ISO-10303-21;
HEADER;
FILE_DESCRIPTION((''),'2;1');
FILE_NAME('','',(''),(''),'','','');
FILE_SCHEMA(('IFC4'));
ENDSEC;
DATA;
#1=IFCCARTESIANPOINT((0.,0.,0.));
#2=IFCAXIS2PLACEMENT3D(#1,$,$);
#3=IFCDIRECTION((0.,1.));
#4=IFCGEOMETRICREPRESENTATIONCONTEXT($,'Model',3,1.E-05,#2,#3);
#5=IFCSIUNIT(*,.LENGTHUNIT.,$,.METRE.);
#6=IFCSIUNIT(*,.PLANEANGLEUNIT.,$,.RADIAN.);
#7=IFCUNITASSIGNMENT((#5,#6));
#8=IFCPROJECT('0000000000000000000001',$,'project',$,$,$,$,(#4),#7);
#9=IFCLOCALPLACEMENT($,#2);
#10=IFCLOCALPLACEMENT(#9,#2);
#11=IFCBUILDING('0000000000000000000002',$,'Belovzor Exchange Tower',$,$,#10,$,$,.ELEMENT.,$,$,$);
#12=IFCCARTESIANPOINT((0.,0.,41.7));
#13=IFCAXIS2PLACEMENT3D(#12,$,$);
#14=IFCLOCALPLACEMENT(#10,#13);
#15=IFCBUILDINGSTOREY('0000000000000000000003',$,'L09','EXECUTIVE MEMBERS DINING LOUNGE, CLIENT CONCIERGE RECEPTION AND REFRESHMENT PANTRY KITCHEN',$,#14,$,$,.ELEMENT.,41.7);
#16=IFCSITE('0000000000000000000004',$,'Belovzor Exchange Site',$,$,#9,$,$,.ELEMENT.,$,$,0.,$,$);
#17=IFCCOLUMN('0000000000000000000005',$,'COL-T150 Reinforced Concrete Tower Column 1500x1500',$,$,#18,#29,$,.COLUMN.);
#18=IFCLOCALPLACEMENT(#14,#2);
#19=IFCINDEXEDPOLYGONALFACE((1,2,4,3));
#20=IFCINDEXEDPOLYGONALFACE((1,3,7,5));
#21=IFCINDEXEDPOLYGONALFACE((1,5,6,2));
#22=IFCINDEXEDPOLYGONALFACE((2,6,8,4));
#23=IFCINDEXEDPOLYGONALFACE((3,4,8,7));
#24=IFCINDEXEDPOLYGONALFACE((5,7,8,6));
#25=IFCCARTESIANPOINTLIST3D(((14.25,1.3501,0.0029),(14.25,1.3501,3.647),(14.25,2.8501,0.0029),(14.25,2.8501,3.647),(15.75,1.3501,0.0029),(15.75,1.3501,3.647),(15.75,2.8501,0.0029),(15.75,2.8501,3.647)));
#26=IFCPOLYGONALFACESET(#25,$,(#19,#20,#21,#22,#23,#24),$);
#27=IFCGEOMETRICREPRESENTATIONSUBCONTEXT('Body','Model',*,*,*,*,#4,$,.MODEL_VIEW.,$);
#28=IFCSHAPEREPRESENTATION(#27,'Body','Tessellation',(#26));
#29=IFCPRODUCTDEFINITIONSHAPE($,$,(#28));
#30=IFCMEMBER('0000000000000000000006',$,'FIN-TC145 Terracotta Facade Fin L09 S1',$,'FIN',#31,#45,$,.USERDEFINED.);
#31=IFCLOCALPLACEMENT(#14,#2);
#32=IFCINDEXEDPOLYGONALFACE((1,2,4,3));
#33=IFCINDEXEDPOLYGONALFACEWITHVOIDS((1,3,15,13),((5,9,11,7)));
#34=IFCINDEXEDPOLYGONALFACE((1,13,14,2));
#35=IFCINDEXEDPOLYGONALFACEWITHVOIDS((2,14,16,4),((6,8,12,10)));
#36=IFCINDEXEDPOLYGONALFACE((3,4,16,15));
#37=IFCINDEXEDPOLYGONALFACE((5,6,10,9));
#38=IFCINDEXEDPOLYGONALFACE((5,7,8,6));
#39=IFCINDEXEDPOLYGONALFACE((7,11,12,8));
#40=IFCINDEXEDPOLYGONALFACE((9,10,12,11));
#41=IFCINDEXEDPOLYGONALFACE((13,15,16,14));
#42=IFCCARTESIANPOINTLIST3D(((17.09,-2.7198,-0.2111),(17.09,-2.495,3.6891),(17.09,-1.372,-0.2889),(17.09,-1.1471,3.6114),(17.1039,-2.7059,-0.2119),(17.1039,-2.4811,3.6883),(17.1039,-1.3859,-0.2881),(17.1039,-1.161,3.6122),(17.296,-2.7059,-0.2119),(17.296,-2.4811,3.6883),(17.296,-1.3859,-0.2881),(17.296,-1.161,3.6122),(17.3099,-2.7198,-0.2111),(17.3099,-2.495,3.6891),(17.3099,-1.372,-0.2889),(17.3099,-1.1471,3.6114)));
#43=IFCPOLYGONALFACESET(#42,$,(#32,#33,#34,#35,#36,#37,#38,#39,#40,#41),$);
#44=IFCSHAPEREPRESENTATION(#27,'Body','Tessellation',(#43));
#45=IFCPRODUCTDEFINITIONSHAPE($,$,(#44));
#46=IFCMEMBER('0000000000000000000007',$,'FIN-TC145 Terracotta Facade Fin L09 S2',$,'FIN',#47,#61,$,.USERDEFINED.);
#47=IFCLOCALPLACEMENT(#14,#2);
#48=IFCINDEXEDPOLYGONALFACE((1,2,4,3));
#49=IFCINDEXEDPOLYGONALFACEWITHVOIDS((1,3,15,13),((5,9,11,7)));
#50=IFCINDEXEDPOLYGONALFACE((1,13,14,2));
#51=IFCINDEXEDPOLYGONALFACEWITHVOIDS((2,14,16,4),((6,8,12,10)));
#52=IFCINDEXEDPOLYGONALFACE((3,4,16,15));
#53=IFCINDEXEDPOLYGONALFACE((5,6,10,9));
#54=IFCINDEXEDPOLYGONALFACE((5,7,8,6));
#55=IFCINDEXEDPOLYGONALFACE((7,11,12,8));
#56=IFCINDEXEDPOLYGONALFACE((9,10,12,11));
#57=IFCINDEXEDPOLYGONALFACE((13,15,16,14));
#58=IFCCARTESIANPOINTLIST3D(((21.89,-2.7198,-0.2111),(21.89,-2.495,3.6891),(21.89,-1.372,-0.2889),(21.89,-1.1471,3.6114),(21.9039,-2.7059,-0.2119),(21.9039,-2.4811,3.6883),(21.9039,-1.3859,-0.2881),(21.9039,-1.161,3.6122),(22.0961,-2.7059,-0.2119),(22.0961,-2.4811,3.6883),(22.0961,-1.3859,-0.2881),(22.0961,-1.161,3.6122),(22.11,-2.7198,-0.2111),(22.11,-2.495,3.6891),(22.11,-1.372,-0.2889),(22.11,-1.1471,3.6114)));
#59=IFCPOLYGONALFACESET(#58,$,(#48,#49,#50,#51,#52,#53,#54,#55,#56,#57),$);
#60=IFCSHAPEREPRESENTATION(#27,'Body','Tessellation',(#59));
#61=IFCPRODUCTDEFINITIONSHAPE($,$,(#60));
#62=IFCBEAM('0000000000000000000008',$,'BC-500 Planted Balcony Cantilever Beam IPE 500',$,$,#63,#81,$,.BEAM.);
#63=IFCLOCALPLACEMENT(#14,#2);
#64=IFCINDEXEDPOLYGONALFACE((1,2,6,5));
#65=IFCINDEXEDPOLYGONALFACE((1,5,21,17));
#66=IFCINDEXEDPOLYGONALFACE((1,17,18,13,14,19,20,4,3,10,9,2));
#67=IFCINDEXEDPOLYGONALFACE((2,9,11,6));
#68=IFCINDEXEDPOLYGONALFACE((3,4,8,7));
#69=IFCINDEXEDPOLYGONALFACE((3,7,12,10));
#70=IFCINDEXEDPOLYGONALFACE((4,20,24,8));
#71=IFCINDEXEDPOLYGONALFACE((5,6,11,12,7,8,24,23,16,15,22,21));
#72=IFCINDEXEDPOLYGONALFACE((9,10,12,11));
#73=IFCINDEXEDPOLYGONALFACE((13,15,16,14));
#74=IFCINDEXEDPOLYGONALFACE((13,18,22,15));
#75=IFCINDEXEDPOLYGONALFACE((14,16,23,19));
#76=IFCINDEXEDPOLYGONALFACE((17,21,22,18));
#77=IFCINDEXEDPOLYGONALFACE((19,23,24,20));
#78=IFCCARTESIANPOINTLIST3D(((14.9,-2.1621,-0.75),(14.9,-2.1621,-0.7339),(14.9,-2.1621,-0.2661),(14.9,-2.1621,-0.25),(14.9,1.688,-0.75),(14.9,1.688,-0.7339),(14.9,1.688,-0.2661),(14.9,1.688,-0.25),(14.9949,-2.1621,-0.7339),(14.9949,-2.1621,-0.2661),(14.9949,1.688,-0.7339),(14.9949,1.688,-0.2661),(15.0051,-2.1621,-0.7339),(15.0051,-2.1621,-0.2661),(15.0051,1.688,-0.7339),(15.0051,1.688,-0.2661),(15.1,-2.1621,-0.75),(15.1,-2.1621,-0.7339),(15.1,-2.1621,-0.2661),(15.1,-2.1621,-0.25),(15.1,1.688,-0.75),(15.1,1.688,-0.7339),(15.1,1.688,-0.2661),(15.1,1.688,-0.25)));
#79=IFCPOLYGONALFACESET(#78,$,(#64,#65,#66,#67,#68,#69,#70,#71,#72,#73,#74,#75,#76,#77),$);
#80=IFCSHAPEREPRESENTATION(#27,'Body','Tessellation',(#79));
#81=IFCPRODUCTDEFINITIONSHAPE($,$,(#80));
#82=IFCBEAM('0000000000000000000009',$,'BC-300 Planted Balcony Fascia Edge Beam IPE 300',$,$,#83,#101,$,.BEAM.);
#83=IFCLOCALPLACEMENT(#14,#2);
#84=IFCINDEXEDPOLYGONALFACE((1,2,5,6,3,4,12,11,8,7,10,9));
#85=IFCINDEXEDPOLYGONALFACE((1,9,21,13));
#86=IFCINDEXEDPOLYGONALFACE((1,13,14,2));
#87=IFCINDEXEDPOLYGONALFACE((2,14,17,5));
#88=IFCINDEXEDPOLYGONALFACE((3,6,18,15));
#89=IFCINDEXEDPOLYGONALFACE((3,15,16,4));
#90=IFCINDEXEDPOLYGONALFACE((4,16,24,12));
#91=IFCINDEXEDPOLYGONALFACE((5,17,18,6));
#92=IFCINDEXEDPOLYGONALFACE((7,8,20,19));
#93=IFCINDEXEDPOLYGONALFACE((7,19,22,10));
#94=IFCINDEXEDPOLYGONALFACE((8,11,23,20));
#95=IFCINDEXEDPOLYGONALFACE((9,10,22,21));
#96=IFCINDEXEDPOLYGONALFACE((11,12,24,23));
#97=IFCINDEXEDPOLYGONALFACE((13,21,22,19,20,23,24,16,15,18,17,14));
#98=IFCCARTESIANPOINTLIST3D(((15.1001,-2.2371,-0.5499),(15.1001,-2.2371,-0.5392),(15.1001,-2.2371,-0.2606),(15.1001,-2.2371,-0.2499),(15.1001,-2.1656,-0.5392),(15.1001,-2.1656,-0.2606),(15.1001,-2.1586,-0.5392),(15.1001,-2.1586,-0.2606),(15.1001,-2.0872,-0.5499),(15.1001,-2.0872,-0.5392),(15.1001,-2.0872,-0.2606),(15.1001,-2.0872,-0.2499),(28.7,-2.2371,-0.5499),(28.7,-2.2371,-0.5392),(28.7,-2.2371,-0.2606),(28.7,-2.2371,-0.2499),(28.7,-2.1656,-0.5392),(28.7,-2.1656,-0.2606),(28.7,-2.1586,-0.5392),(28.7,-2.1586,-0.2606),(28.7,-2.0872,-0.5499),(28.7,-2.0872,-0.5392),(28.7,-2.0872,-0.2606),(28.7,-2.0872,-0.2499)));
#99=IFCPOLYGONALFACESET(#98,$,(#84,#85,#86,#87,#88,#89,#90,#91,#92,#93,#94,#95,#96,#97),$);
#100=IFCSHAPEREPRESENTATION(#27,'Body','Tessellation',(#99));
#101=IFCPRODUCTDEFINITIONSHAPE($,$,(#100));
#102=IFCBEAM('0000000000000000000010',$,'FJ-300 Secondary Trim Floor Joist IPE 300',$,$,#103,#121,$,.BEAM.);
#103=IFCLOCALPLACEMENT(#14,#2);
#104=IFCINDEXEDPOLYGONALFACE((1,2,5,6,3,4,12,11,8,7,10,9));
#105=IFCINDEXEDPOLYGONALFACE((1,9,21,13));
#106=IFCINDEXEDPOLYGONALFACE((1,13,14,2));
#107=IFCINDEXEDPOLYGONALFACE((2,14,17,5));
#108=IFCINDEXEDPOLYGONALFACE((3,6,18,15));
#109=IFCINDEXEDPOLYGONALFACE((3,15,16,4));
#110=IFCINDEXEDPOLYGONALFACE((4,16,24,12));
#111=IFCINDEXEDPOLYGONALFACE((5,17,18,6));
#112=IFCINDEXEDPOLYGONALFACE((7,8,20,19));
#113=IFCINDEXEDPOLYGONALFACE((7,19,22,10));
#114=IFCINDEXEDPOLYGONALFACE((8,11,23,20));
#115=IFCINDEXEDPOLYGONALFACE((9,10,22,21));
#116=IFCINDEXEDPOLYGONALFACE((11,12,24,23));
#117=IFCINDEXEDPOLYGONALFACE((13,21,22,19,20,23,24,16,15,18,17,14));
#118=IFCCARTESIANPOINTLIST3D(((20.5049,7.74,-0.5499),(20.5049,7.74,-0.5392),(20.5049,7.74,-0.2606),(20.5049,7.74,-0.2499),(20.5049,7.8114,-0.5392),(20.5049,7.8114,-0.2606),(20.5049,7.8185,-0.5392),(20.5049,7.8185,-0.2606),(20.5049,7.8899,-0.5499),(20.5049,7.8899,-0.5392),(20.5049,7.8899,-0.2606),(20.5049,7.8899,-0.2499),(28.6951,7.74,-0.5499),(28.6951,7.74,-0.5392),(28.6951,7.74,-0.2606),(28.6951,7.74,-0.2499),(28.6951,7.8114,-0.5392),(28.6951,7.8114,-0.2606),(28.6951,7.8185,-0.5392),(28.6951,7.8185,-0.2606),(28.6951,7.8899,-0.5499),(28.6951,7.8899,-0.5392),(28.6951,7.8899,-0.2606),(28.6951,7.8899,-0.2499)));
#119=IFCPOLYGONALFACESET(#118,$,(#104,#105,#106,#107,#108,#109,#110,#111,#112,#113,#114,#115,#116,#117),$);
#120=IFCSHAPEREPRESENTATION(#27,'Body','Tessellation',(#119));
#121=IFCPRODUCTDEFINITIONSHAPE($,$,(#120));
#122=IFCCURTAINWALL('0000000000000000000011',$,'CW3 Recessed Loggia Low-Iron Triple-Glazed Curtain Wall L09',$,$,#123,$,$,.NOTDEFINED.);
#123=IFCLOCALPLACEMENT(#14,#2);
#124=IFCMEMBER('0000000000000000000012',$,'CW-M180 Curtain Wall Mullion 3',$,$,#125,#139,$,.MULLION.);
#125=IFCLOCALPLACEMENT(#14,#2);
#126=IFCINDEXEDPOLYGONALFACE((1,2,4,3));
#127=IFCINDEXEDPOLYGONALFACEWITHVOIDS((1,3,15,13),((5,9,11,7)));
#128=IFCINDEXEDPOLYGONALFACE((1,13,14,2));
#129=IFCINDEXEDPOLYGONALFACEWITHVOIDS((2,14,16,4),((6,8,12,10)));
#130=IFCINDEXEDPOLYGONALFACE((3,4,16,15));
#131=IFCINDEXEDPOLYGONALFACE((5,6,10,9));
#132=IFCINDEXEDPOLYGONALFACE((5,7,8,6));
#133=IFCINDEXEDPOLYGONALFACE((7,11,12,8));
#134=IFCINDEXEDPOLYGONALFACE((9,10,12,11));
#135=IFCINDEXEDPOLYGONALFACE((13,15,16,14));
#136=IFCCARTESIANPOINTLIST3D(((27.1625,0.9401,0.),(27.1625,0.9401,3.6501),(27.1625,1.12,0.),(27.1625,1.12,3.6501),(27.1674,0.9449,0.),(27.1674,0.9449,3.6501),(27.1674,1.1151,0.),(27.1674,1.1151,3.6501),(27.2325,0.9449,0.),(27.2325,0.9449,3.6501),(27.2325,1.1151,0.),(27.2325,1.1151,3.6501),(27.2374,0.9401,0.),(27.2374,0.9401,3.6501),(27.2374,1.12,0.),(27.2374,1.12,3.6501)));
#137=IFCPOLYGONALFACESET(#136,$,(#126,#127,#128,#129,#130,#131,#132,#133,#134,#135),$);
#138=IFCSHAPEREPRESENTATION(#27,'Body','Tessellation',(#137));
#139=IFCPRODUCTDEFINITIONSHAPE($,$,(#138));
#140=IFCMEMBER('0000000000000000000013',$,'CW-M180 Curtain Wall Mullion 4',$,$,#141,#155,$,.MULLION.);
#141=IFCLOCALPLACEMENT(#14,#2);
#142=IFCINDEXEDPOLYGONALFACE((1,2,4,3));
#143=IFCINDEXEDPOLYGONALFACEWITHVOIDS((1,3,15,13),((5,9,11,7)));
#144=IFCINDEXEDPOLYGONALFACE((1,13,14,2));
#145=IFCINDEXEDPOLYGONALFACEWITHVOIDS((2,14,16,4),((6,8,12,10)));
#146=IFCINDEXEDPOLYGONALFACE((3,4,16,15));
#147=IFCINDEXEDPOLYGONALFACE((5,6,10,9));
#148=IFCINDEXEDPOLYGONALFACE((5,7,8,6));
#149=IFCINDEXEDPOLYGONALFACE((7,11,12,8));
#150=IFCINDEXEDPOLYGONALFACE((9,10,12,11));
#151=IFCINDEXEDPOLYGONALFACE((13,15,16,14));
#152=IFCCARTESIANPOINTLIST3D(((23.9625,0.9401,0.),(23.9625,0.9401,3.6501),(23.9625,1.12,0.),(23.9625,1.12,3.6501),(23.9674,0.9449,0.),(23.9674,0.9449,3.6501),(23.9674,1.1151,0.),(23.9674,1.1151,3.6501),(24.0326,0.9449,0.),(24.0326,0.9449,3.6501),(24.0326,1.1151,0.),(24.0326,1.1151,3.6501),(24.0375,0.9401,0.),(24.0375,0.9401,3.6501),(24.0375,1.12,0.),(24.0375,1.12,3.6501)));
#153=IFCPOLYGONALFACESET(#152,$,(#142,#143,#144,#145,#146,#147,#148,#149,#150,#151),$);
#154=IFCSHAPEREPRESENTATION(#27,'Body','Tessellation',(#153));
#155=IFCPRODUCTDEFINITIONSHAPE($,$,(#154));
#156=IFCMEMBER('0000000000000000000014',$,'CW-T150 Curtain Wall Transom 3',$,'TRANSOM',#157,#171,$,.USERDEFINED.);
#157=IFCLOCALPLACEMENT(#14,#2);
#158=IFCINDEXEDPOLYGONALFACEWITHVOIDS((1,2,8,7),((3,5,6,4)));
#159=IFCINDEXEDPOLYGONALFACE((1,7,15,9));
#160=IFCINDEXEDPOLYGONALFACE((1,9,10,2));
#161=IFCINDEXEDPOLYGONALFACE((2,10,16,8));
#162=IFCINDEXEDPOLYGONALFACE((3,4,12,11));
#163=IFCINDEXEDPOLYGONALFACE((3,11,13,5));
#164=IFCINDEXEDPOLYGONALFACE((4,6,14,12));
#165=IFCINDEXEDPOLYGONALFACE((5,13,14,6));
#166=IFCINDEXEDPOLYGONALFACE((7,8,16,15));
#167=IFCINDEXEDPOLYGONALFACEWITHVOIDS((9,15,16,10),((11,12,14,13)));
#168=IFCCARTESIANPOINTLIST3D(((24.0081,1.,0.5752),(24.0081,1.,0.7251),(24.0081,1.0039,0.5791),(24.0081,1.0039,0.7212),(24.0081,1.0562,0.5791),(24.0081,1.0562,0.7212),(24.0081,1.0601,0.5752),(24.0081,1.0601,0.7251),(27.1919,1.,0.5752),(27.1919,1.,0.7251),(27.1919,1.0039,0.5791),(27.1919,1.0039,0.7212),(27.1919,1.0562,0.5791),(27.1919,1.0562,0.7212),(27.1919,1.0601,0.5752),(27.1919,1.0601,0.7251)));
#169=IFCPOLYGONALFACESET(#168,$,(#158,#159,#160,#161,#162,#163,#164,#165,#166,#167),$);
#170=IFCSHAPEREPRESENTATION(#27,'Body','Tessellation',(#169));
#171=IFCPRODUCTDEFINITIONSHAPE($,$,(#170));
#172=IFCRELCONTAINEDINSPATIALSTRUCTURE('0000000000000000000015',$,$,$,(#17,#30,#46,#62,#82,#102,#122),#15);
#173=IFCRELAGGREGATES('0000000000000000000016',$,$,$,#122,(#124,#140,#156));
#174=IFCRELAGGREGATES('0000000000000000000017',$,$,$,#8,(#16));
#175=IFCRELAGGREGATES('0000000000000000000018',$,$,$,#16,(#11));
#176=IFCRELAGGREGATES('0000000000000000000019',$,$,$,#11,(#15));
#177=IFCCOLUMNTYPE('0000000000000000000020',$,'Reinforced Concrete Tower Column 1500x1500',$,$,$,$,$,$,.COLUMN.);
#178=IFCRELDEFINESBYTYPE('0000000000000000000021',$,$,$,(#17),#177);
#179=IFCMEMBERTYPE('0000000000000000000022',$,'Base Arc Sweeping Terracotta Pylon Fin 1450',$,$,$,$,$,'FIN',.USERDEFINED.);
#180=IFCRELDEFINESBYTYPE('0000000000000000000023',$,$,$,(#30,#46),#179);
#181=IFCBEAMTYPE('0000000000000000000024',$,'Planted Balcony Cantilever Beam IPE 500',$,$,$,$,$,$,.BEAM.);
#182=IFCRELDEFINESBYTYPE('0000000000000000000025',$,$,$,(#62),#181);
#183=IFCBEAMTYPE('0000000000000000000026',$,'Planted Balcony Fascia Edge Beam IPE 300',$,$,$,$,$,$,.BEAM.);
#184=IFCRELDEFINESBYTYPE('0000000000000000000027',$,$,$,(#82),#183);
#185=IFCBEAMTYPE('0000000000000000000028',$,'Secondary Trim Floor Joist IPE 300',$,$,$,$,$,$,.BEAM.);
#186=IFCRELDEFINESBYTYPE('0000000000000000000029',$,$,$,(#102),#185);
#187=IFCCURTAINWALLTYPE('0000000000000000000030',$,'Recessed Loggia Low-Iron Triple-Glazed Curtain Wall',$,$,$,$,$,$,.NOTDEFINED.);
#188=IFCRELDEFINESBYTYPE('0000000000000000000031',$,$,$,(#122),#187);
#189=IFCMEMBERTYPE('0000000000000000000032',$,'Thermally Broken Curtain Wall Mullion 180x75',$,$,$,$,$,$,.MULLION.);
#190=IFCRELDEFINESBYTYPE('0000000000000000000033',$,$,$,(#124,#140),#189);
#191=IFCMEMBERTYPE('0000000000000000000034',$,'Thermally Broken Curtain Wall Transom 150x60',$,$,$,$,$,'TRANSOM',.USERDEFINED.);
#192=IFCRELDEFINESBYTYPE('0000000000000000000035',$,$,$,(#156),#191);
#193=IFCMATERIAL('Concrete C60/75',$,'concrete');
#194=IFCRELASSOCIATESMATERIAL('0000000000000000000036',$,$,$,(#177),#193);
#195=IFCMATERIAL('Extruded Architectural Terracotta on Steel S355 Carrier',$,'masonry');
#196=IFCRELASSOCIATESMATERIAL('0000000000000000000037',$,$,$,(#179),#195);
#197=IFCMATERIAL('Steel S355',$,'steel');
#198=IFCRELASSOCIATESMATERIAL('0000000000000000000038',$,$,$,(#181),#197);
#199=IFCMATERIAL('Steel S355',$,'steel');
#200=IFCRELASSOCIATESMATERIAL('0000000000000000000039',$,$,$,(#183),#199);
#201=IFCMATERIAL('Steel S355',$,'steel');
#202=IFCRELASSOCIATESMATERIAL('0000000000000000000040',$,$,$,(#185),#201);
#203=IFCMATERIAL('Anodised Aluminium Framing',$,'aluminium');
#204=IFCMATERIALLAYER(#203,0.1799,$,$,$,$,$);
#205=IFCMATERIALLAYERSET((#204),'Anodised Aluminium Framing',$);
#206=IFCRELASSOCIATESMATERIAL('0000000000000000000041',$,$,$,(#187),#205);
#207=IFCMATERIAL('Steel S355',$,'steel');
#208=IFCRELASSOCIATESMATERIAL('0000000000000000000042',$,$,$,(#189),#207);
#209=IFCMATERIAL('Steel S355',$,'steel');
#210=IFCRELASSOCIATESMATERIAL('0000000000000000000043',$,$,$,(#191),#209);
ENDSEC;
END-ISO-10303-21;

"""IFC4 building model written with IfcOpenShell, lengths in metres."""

from ifc_helpers import new_model, si_unit, direction, frame, origin, origin_2d, place, context, subcontext, project, spatial, rectangle, hollow_rectangle, i_section, extrude, material, layer, layer_set, material_profile, profile_set, type_object, element, aggregate, save


model = new_model("IFC4")

# Units and contexts
model_context = context("Model", 3, precision=1e-05, world=origin(), true_north=direction((0.0, 1.0)))
body_context = subcontext(model_context, "Body", "Model", "MODEL_VIEW")
ifc_project = project(units=[si_unit("LENGTHUNIT", "METRE"), si_unit("PLANEANGLEUNIT", "RADIAN")], contexts=[model_context])

# Site, building, storey
site_placement = place(None, origin())
site = spatial("IfcSite", under=ifc_project, at=site_placement, Name="Belovzor Exchange Site", CompositionType="ELEMENT", RefElevation=0.0)
building_placement = place(site_placement, origin())
building = spatial("IfcBuilding", under=site, at=building_placement, Name="Belovzor Exchange Tower", CompositionType="ELEMENT")
storey_placement = place(building_placement, frame((0.0, 0.0, 41.7)))
storey = spatial("IfcBuildingStorey", under=building, at=storey_placement, Name="L09", Description="EXECUTIVE MEMBERS DINING LOUNGE, CLIENT CONCIERGE RECEPTION AND REFRESHMENT PANTRY KITCHEN", CompositionType="ELEMENT", Elevation=41.7)

# Column
ifc_material_1 = material(Name="Concrete C60/75", Category="concrete")
ifc_material_profile_1 = material_profile(ifc_material_1, rectangle(XDim=1.5, YDim=1.5, at=origin_2d()))
ifc_profile_set_1 = profile_set([ifc_material_profile_1], Name="Concrete C60/75")
column_type = type_object("IfcColumnType", Name="Reinforced Concrete Tower Column 1500x1500", PredefinedType="COLUMN", material=ifc_profile_set_1)
column_placement = place(storey_placement, frame((15.0, 2.1001, 0.0029), z_axis=(0.0, 0.0, 1.0), x_axis=(1.0, 0.0, 0.0)))
element("IfcColumn", 1, at=column_placement, inside=storey, type_object=column_type, Name="COL-T150 Reinforced Concrete Tower Column 1500x1500", PredefinedType="COLUMN", context=body_context, shape_type="SweptSolid", body=[
    extrude(rectangle(XDim=1.5, YDim=1.5, at=origin_2d()), origin(), (0.0, 0.0, 1.0), 3.644),
])

# Members
ifc_material_2 = material(Name="Extruded Architectural Terracotta on Steel S355 Carrier", Category="masonry")
ifc_material_profile_2 = material_profile(ifc_material_2, hollow_rectangle(XDim=0.22, YDim=1.3501, WallThickness=0.0139, at=origin_2d()))
ifc_profile_set_2 = profile_set([ifc_material_profile_2], Name="Extruded Architectural Terracotta on Steel S355 Carrier")
member_type_1 = type_object("IfcMemberType", Name="Base Arc Sweeping Terracotta Pylon Fin 1450", ElementType="FIN", PredefinedType="USERDEFINED", material=ifc_profile_set_2)
for number, where, z_axis, x_axis, name in (
    (2, (17.2, -2.0459, -0.25), (0.0, 0.057557, 0.998342), (-1.0, 0.0, 0.0), "FIN-TC145 Terracotta Facade Fin L09 S1"),
    (3, (22.0, -2.0459, -0.25), (0.0, 0.057557, 0.998342), (-1.0, 0.0, 0.0), "FIN-TC145 Terracotta Facade Fin L09 S2"),
):
    element("IfcMember", number, at=place(storey_placement, frame(where, z_axis=z_axis, x_axis=x_axis)), inside=storey, type_object=member_type_1, Name=name, ObjectType="FIN", PredefinedType="USERDEFINED", context=body_context, shape_type="SweptSolid", body=[
        extrude(hollow_rectangle(XDim=0.22, YDim=1.3501, WallThickness=0.0139, at=origin_2d()), origin(), (0.0, 0.0, 1.0), 3.9067),
    ])

# Beams
ifc_material_3 = material(Name="Steel S355", Category="steel")
ifc_material_profile_3 = material_profile(ifc_material_3, i_section(OverallWidth=0.2, OverallDepth=0.5, WebThickness=0.0103, FlangeThickness=0.0161, at=origin_2d()))
ifc_profile_set_3 = profile_set([ifc_material_profile_3], Name="Steel S355")
beam_type_1 = type_object("IfcBeamType", Name="Planted Balcony Cantilever Beam IPE 500", PredefinedType="BEAM", material=ifc_profile_set_3)
beam_1_placement = place(storey_placement, frame((15.0, 1.688, -0.5), z_axis=(0.0, -1.0, 0.0), x_axis=(1.0, 0.0, 0.0)))
element("IfcBeam", 4, at=beam_1_placement, inside=storey, type_object=beam_type_1, Name="BC-500 Planted Balcony Cantilever Beam IPE 500", PredefinedType="BEAM", context=body_context, shape_type="SweptSolid", body=[
    extrude(i_section(OverallWidth=0.2, OverallDepth=0.5, WebThickness=0.0103, FlangeThickness=0.0161, at=origin_2d()), origin(), (0.0, 0.0, 1.0), 3.8501),
])
ifc_material_4 = material(Name="Steel S355", Category="steel")
ifc_material_profile_4 = material_profile(ifc_material_4, i_section(OverallWidth=0.1499, OverallDepth=0.3, WebThickness=0.0071, FlangeThickness=0.0107, at=origin_2d()))
ifc_profile_set_4 = profile_set([ifc_material_profile_4], Name="Steel S355")
beam_type_2 = type_object("IfcBeamType", Name="Planted Balcony Fascia Edge Beam IPE 300", PredefinedType="BEAM", material=ifc_profile_set_4)
beam_2_placement = place(storey_placement, frame((15.1001, -2.1621, -0.3999), z_axis=(1.0, 0.0, 0.0), x_axis=(0.0, 1.0, 0.0)))
element("IfcBeam", 5, at=beam_2_placement, inside=storey, type_object=beam_type_2, Name="BC-300 Planted Balcony Fascia Edge Beam IPE 300", PredefinedType="BEAM", context=body_context, shape_type="SweptSolid", body=[
    extrude(i_section(OverallWidth=0.1499, OverallDepth=0.3, WebThickness=0.0071, FlangeThickness=0.0107, at=origin_2d()), origin(), (0.0, 0.0, 1.0), 13.5999),
])
ifc_material_5 = material(Name="Steel S355", Category="steel")
ifc_material_profile_5 = material_profile(ifc_material_5, i_section(OverallWidth=0.1499, OverallDepth=0.3, WebThickness=0.0071, FlangeThickness=0.0107, at=origin_2d()))
ifc_profile_set_5 = profile_set([ifc_material_profile_5], Name="Steel S355")
beam_type_3 = type_object("IfcBeamType", Name="Secondary Trim Floor Joist IPE 300", PredefinedType="BEAM", material=ifc_profile_set_5)
beam_3_placement = place(storey_placement, frame((20.5049, 7.8149, -0.3999), z_axis=(1.0, 0.0, 0.0), x_axis=(0.0, 1.0, 0.0)))
element("IfcBeam", 6, at=beam_3_placement, inside=storey, type_object=beam_type_3, Name="FJ-300 Secondary Trim Floor Joist IPE 300", PredefinedType="BEAM", context=body_context, shape_type="SweptSolid", body=[
    extrude(i_section(OverallWidth=0.1499, OverallDepth=0.3, WebThickness=0.0071, FlangeThickness=0.0107, at=origin_2d()), origin(), (0.0, 0.0, 1.0), 8.1902),
])

# Curtain wall, members
ifc_material_6 = material(Name="Anodised Aluminium Framing", Category="aluminium")
ifc_layer_1 = layer(ifc_material_6, 0.1799)
ifc_layer_set_1 = layer_set([ifc_layer_1], Name="Anodised Aluminium Framing")
curtain_wall_type = type_object("IfcCurtainWallType", Name="Recessed Loggia Low-Iron Triple-Glazed Curtain Wall", PredefinedType="NOTDEFINED", material=ifc_layer_set_1)
curtain_wall_placement = place(storey_placement, origin())
curtain_wall = element("IfcCurtainWall", 7, at=curtain_wall_placement, inside=storey, type_object=curtain_wall_type, Name="CW3 Recessed Loggia Low-Iron Triple-Glazed Curtain Wall L09", PredefinedType="NOTDEFINED")
ifc_material_7 = material(Name="Steel S355", Category="steel")
ifc_material_profile_6 = material_profile(ifc_material_7, hollow_rectangle(XDim=0.075, YDim=0.1799, WallThickness=0.0049, at=origin_2d()))
ifc_profile_set_6 = profile_set([ifc_material_profile_6], Name="Steel S355")
member_type_2 = type_object("IfcMemberType", Name="Thermally Broken Curtain Wall Mullion 180x75", PredefinedType="MULLION", material=ifc_profile_set_6)
member_1_placement = place(storey_placement, frame((27.2, 1.03, 0.0), z_axis=(0.0, 0.0, 1.0), x_axis=(-1.0, 0.0, 0.0)))
member_1 = element("IfcMember", 8, at=member_1_placement, type_object=member_type_2, Name="CW-M180 Curtain Wall Mullion 3", PredefinedType="MULLION", context=body_context, shape_type="SweptSolid", body=[
    extrude(hollow_rectangle(XDim=0.075, YDim=0.1799, WallThickness=0.0049, at=origin_2d()), origin(), (0.0, 0.0, 1.0), 3.6501),
])
member_2_placement = place(storey_placement, frame((24.0, 1.03, 0.0), z_axis=(0.0, 0.0, 1.0), x_axis=(-1.0, 0.0, 0.0)))
member_2 = element("IfcMember", 9, at=member_2_placement, type_object=member_type_2, Name="CW-M180 Curtain Wall Mullion 4", PredefinedType="MULLION", context=body_context, shape_type="SweptSolid", body=[
    extrude(hollow_rectangle(XDim=0.075, YDim=0.1799, WallThickness=0.0049, at=origin_2d()), origin(), (0.0, 0.0, 1.0), 3.6501),
])
ifc_material_8 = material(Name="Steel S355", Category="steel")
ifc_material_profile_7 = material_profile(ifc_material_8, hollow_rectangle(XDim=0.0601, YDim=0.1499, WallThickness=0.0039, at=origin_2d()))
ifc_profile_set_7 = profile_set([ifc_material_profile_7], Name="Steel S355")
member_type_3 = type_object("IfcMemberType", Name="Thermally Broken Curtain Wall Transom 150x60", ElementType="TRANSOM", PredefinedType="USERDEFINED", material=ifc_profile_set_7)
member_3_placement = place(storey_placement, frame((27.1919, 1.03, 0.6501), z_axis=(-1.0, 0.0, 0.0), x_axis=(0.0, -1.0, 0.0)))
member_3 = element("IfcMember", 10, at=member_3_placement, type_object=member_type_3, Name="CW-T150 Curtain Wall Transom 3", ObjectType="TRANSOM", PredefinedType="USERDEFINED", context=body_context, shape_type="SweptSolid", body=[
    extrude(hollow_rectangle(XDim=0.0601, YDim=0.1499, WallThickness=0.0039, at=origin_2d()), origin(), (0.0, 0.0, 1.0), 3.1838),
])

aggregate(curtain_wall, [member_1, member_2, member_3])

save(model, "model.ifc")
